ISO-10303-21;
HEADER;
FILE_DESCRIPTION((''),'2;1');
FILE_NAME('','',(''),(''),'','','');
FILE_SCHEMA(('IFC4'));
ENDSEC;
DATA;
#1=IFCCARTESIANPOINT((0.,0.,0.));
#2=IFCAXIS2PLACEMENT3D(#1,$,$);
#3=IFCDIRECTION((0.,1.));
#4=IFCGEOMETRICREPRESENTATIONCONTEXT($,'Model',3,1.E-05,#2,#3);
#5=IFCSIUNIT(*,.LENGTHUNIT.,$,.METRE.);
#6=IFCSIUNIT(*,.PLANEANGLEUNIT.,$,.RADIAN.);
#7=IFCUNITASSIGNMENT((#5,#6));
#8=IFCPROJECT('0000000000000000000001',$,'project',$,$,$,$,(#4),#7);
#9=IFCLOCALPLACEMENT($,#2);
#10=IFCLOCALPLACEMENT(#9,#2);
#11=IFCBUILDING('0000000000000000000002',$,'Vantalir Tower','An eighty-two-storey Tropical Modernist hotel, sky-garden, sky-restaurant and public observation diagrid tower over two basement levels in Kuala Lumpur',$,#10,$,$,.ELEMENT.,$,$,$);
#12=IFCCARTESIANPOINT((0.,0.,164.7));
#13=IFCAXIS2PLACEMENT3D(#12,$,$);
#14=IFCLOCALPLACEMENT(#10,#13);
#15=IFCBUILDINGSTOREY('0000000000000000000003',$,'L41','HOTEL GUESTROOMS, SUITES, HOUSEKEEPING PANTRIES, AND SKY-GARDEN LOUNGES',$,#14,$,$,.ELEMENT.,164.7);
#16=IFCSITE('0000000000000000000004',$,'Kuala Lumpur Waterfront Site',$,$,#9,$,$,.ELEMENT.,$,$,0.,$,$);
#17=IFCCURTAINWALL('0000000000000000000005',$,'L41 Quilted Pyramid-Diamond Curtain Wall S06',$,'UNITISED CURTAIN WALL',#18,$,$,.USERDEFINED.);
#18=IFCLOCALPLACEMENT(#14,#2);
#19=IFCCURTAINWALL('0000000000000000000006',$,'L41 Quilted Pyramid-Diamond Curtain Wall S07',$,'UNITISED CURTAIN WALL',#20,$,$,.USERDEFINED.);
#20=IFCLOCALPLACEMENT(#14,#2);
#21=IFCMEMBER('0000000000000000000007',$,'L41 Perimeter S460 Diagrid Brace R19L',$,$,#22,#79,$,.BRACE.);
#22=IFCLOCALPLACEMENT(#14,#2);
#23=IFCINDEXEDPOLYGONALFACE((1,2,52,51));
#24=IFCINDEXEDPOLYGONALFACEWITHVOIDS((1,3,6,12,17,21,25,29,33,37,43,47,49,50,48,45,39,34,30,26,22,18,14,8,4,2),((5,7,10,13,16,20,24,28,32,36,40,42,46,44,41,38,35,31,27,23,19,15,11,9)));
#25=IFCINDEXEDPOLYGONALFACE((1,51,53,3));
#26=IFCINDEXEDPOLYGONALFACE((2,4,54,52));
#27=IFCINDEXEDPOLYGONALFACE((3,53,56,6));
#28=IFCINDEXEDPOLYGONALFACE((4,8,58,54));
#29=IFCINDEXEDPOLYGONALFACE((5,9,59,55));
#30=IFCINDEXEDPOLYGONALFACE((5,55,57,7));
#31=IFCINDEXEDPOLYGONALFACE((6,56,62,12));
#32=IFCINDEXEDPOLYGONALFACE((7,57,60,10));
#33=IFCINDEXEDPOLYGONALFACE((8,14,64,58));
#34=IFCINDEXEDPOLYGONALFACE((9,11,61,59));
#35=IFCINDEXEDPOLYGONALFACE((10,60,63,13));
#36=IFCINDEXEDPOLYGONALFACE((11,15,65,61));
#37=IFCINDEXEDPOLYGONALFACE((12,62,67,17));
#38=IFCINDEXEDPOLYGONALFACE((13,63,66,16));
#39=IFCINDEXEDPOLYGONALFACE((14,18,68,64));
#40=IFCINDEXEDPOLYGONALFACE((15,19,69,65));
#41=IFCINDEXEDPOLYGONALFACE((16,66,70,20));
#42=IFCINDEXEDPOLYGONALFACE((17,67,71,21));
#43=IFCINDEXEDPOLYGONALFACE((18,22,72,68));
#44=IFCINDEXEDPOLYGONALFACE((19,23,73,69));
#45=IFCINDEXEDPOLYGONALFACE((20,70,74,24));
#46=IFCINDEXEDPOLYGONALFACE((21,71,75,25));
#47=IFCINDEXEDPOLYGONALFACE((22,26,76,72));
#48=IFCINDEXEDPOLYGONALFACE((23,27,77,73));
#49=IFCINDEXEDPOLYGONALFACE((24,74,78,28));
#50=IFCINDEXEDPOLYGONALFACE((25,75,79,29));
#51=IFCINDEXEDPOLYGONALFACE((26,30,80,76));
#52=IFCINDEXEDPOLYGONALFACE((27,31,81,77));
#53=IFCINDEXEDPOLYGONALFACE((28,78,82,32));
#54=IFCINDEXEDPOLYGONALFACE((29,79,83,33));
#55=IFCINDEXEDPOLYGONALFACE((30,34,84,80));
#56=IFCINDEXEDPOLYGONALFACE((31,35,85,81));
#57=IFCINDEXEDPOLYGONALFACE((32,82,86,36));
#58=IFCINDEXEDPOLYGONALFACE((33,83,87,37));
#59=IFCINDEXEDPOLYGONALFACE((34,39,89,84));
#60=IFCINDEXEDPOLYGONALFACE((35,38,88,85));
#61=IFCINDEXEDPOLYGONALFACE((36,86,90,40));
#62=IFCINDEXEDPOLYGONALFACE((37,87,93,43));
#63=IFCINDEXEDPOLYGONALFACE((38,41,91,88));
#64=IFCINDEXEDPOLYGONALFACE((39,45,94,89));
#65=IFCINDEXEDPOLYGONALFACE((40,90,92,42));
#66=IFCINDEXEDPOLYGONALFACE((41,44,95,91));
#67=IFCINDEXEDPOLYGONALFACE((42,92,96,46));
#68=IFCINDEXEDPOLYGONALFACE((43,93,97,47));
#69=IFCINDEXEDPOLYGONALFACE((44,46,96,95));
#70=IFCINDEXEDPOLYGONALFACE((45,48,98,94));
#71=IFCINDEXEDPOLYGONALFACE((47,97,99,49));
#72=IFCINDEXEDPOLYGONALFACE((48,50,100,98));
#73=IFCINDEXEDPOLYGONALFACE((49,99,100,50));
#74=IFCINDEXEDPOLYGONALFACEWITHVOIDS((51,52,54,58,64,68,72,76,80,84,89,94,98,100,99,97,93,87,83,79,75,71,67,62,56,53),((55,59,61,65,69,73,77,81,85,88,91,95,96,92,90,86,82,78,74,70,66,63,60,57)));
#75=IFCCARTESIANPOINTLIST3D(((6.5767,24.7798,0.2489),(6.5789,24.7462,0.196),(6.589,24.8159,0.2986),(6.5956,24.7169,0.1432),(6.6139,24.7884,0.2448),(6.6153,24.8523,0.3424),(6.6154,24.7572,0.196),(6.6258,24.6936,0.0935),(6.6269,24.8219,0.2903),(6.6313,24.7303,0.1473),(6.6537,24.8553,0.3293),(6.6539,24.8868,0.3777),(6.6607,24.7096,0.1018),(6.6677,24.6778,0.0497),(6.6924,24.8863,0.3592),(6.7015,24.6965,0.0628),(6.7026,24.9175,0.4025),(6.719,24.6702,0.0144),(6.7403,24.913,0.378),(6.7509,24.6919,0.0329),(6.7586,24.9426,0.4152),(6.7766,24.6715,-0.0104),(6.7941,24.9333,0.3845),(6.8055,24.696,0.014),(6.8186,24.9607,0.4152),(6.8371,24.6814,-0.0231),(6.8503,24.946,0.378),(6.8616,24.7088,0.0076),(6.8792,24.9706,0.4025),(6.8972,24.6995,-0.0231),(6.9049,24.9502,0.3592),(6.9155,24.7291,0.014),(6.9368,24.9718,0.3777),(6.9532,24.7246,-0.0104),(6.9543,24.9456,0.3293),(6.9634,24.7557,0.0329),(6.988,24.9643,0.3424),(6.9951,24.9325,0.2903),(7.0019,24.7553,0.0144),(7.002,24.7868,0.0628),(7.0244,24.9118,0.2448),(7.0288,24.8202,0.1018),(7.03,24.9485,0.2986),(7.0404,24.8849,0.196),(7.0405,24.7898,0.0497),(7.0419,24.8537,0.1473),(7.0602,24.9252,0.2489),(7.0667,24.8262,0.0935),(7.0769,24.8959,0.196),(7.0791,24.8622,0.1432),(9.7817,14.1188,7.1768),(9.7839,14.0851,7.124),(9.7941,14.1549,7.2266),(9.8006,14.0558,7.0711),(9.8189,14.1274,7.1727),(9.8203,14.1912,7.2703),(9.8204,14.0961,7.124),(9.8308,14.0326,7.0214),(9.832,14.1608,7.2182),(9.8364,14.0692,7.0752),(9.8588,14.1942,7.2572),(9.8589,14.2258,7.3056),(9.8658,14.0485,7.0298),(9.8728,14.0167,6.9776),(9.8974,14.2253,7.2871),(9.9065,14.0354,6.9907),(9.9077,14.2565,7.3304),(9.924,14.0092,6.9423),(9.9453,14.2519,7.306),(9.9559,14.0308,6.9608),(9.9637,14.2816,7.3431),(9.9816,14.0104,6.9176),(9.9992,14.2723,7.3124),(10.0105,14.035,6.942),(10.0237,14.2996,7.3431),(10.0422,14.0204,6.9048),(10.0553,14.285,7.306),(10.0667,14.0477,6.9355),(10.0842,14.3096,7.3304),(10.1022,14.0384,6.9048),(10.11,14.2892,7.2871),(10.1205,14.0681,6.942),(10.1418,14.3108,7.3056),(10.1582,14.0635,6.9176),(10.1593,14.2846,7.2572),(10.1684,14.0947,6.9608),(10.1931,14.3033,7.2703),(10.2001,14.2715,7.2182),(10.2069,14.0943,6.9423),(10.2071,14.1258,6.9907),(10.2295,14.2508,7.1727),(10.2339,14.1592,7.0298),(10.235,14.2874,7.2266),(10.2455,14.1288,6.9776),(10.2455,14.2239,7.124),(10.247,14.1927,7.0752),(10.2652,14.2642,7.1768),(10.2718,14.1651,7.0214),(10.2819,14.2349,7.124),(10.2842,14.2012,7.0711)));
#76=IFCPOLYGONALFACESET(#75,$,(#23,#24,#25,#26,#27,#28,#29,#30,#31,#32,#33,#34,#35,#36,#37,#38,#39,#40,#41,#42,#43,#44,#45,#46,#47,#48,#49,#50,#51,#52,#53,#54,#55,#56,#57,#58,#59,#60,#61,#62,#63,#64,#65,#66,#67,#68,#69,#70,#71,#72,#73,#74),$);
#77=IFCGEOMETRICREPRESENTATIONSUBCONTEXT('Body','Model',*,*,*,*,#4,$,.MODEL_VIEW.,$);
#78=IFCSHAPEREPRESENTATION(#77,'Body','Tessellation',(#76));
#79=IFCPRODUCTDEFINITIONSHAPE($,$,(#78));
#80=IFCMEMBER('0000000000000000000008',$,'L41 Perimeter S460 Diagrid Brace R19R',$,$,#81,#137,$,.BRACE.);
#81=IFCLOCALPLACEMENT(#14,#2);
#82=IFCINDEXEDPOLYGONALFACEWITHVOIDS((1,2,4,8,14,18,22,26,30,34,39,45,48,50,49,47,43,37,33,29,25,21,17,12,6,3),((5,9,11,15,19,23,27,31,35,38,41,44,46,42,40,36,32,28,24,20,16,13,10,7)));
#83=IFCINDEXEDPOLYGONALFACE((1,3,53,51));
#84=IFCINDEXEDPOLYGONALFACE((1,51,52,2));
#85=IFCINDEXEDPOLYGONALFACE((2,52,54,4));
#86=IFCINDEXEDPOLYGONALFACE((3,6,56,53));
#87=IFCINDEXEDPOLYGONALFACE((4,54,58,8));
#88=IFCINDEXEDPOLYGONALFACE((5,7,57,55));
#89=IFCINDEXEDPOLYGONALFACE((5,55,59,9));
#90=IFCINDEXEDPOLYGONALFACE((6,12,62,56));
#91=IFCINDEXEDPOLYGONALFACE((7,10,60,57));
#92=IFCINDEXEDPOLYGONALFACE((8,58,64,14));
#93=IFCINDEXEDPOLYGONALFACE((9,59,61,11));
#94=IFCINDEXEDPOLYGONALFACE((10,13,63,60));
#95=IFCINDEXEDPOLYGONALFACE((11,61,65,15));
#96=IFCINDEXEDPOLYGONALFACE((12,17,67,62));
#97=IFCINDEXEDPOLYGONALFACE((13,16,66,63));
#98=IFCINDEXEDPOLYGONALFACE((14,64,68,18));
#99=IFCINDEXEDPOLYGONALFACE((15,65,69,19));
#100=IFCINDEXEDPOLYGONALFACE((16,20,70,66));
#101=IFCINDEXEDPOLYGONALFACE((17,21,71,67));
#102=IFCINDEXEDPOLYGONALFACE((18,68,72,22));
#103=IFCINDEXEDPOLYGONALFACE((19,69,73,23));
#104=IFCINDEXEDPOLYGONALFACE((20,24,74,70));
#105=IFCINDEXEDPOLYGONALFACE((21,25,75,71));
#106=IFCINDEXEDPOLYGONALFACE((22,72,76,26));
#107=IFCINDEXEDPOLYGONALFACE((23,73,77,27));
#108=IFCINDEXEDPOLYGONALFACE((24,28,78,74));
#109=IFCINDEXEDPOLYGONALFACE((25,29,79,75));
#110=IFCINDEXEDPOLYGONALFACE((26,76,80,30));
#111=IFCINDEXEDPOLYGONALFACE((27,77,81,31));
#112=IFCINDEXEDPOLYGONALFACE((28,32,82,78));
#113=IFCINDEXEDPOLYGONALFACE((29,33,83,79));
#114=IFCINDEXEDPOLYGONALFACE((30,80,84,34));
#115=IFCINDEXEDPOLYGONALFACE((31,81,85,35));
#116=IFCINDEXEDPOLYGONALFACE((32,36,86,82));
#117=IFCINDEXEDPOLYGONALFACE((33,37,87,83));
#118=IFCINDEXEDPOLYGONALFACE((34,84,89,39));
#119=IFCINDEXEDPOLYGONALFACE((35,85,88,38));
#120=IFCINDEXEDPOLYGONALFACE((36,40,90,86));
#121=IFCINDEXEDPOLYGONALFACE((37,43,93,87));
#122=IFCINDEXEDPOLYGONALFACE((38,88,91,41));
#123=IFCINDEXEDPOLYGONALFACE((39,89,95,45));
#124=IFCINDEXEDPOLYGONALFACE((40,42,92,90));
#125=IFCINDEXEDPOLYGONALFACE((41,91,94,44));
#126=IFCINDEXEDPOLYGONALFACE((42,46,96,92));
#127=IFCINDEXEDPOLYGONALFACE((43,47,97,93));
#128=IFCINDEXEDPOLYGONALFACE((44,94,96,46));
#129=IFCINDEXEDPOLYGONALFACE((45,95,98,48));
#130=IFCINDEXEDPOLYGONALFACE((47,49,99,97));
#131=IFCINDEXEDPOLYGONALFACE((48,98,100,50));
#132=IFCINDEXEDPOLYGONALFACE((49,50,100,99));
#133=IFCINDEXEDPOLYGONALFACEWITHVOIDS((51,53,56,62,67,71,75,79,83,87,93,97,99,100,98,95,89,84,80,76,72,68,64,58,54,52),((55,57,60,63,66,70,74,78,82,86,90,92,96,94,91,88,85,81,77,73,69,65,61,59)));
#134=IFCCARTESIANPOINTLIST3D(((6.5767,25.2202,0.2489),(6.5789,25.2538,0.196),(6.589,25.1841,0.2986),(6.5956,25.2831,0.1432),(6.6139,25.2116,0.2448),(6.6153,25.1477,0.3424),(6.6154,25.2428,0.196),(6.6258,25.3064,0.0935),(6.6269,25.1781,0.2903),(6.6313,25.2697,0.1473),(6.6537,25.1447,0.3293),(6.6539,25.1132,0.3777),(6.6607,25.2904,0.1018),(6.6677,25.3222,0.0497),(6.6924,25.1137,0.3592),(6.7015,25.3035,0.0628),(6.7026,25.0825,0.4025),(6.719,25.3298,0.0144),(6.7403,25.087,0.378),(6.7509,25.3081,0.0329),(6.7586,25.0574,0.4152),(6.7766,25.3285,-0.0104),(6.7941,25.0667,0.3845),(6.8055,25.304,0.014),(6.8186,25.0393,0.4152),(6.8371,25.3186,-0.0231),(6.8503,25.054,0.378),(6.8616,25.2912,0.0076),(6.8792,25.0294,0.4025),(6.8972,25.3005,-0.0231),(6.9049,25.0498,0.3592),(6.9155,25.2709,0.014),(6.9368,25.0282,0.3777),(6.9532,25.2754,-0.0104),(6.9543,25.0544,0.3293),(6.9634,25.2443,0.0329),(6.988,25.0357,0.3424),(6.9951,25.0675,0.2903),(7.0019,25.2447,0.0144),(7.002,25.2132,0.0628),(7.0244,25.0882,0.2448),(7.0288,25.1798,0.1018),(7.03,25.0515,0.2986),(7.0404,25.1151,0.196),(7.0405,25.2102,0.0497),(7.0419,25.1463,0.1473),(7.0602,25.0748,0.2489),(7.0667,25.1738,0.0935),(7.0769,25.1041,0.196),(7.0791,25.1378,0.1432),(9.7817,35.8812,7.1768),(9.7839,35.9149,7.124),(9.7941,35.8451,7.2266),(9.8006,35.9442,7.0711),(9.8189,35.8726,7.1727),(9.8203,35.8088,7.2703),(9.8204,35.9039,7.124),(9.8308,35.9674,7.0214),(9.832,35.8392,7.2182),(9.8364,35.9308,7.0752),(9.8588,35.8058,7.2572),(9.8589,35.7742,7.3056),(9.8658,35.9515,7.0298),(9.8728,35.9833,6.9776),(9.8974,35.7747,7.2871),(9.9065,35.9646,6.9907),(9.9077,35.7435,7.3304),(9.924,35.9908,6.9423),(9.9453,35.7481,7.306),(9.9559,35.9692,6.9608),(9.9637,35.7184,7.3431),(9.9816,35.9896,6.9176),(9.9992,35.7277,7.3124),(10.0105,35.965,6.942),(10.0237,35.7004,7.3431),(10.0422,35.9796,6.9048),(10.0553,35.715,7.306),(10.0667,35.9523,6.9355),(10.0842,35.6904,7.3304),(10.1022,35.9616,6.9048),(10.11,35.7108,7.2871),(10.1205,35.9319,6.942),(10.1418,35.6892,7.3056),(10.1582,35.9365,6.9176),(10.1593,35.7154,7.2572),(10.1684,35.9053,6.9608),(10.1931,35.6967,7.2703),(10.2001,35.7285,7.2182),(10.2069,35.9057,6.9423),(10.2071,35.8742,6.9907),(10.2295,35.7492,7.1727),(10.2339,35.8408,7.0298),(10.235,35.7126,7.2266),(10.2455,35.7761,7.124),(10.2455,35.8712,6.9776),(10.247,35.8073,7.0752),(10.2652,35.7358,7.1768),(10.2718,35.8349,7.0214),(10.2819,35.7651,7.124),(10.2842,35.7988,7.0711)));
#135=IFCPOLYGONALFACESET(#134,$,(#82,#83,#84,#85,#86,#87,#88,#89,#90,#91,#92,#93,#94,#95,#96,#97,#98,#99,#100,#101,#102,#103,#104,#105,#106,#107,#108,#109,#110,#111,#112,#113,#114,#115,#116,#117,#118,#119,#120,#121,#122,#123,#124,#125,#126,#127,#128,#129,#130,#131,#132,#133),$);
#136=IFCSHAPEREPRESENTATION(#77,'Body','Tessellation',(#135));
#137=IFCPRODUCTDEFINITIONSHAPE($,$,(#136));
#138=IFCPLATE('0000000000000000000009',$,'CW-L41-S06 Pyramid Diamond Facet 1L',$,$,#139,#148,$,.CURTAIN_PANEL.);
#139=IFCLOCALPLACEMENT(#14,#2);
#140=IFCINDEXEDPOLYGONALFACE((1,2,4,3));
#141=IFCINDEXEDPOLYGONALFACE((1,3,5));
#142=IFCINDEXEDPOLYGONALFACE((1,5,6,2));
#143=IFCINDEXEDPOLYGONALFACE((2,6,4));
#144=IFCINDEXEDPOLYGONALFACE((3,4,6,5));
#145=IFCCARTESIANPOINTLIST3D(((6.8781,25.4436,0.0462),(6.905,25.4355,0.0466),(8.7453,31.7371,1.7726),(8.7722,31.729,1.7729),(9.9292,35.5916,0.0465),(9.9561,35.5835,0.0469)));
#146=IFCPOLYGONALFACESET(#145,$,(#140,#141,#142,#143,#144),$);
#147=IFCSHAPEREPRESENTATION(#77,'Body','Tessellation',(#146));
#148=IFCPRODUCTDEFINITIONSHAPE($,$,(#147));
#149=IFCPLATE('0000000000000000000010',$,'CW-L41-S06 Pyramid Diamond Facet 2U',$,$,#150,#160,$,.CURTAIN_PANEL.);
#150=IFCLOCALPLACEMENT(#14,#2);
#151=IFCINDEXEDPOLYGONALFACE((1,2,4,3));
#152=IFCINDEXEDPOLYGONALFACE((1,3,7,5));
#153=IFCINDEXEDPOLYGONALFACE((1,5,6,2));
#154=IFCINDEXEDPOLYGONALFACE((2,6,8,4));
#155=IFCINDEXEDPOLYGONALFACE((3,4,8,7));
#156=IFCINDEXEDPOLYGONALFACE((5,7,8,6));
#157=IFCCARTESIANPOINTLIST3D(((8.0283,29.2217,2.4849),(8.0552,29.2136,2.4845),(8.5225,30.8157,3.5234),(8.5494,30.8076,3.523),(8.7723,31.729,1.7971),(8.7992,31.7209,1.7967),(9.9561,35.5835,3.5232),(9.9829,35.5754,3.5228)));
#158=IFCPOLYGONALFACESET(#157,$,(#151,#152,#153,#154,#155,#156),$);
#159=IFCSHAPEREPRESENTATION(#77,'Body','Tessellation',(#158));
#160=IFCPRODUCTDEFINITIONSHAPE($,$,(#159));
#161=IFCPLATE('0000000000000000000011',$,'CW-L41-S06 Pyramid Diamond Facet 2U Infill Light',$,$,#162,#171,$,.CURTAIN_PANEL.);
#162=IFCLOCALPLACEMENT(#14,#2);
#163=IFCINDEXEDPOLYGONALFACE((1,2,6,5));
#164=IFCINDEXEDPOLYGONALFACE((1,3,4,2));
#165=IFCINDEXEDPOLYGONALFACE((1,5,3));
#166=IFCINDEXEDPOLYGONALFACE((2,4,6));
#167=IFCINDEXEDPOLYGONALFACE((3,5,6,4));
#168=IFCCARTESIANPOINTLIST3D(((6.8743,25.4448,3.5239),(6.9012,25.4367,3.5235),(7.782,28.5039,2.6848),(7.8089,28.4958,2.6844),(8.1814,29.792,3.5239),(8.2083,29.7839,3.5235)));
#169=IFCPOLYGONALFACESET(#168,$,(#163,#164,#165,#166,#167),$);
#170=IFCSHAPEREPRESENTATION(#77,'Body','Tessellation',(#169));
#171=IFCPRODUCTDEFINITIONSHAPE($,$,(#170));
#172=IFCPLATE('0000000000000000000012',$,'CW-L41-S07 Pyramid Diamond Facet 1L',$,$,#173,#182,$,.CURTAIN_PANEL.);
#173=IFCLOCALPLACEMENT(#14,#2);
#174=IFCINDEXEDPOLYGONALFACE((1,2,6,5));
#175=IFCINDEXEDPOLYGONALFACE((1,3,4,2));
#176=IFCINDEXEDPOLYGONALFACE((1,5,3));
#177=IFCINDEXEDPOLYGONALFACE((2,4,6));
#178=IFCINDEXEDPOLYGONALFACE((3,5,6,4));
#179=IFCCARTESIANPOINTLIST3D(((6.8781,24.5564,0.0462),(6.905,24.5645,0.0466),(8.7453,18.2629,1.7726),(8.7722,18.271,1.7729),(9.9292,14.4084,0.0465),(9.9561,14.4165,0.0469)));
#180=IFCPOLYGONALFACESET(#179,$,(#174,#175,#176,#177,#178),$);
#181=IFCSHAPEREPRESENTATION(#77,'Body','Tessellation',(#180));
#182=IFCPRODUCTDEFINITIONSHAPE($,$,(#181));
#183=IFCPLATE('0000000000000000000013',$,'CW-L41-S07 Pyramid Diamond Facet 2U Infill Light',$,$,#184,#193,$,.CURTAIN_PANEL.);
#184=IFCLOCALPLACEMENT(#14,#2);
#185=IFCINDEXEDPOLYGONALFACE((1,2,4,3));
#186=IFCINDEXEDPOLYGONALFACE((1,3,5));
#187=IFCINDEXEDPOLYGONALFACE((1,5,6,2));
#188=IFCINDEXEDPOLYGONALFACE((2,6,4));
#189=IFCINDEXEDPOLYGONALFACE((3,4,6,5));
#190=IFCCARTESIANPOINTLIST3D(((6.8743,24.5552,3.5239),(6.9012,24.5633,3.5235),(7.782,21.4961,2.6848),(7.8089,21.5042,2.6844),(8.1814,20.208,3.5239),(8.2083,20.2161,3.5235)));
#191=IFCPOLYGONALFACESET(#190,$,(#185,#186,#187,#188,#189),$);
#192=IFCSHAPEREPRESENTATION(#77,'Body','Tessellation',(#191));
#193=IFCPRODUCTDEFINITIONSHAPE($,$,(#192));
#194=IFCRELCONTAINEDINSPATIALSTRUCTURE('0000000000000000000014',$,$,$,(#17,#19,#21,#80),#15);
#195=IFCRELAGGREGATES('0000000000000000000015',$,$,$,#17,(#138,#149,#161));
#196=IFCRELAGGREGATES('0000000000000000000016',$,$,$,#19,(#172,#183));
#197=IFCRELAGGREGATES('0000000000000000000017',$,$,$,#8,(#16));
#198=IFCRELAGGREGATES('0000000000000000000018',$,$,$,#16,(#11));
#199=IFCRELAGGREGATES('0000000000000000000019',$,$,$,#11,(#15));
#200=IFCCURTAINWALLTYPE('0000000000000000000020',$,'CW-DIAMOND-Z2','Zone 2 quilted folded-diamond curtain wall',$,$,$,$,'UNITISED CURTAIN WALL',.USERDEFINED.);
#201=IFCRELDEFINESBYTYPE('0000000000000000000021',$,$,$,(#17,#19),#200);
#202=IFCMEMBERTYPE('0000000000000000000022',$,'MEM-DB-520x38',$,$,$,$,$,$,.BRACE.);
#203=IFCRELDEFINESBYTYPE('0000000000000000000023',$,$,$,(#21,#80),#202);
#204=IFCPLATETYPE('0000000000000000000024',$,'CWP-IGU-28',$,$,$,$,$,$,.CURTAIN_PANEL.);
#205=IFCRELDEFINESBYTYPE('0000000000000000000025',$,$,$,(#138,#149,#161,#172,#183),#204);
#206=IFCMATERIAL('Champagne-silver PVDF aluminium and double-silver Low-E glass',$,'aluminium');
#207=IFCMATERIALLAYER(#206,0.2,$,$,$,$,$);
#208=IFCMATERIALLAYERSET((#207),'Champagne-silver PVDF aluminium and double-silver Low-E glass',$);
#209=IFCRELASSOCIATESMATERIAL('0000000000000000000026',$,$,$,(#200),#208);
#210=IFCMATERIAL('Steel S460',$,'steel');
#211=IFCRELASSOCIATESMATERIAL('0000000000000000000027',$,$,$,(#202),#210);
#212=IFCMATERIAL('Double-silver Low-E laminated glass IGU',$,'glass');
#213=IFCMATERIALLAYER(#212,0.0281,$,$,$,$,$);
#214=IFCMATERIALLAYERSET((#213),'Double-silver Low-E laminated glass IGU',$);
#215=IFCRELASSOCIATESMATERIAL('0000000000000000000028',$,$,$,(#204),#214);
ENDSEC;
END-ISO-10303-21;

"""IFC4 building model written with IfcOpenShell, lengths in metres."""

from ifc_helpers import new_model, si_unit, direction, frame, origin, origin_2d, place, context, subcontext, project, spatial, polyline, hollow_circle, outline, extrude, material, layer, layer_set, material_profile, profile_set, type_object, element, aggregate, save


model = new_model("IFC4")

# Units and contexts
model_context = context("Model", 3, precision=1e-05, world=origin(), true_north=direction((0.0, 1.0)))
body_context = subcontext(model_context, "Body", "Model", "MODEL_VIEW")
ifc_project = project(units=[si_unit("LENGTHUNIT", "METRE"), si_unit("PLANEANGLEUNIT", "RADIAN")], contexts=[model_context])

# Site, building, storey
site_placement = place(None, origin())
site = spatial("IfcSite", under=ifc_project, at=site_placement, Name="Kuala Lumpur Waterfront Site", CompositionType="ELEMENT", RefElevation=0.0)
building_placement = place(site_placement, origin())
building = spatial("IfcBuilding", under=site, at=building_placement, Name="Vantalir Tower", Description="An eighty-two-storey Tropical Modernist hotel, sky-garden, sky-restaurant and public observation diagrid tower over two basement levels in Kuala Lumpur", CompositionType="ELEMENT")
storey_placement = place(building_placement, frame((0.0, 0.0, 164.7)))
storey = spatial("IfcBuildingStorey", under=building, at=storey_placement, Name="L41", Description="HOTEL GUESTROOMS, SUITES, HOUSEKEEPING PANTRIES, AND SKY-GARDEN LOUNGES", CompositionType="ELEMENT", Elevation=164.7)

# Shared definitions
ifc_material_1 = material(Name="Steel S460", Category="steel")

# Curtain wall
ifc_material_2 = material(Name="Champagne-silver PVDF aluminium and double-silver Low-E glass", Category="aluminium")
ifc_layer_1 = layer(ifc_material_2, 0.2)
ifc_layer_set_1 = layer_set([ifc_layer_1], Name="Champagne-silver PVDF aluminium and double-silver Low-E glass")
curtain_wall_type = type_object("IfcCurtainWallType", Name="CW-DIAMOND-Z2", Description="Zone 2 quilted folded-diamond curtain wall", ElementType="UNITISED CURTAIN WALL", PredefinedType="USERDEFINED", material=ifc_layer_set_1)
curtain_wall_1_placement = place(storey_placement, origin())
curtain_wall_1 = element("IfcCurtainWall", 1, at=curtain_wall_1_placement, inside=storey, type_object=curtain_wall_type, Name="L41 Quilted Pyramid-Diamond Curtain Wall S06", ObjectType="UNITISED CURTAIN WALL", PredefinedType="USERDEFINED")

# Curtain wall
curtain_wall_2_placement = place(storey_placement, origin())
curtain_wall_2 = element("IfcCurtainWall", 2, at=curtain_wall_2_placement, inside=storey, type_object=curtain_wall_type, Name="L41 Quilted Pyramid-Diamond Curtain Wall S07", ObjectType="UNITISED CURTAIN WALL", PredefinedType="USERDEFINED")

# Members
ifc_material_profile_1 = material_profile(ifc_material_1, hollow_circle(Radius=0.26, WallThickness=0.0381, at=origin_2d()), Name="Steel S460")
ifc_profile_set_1 = profile_set([ifc_material_profile_1], Name="Steel S460")
member_type_1 = type_object("IfcMemberType", Name="MEM-DB-520x38", PredefinedType="BRACE", material=ifc_profile_set_1)
for number, where, z_axis, x_axis, name in (
    (3, (6.8279, 24.821, 0.196), (0.244435, -0.813071, 0.528362), (0.95766, 0.287903, 0.0), "L41 Perimeter S460 Diagrid Brace R19L"),
    (4, (6.8279, 25.179, 0.196), (0.244435, 0.813071, 0.528362), (-0.95766, 0.287903, 0.0), "L41 Perimeter S460 Diagrid Brace R19R"),
):
    element("IfcMember", number, at=place(storey_placement, frame(where, z_axis=z_axis, x_axis=x_axis)), inside=storey, type_object=member_type_1, Name=name, PredefinedType="BRACE", context=body_context, shape_type="SweptSolid", body=[
        extrude(hollow_circle(Radius=0.26, WallThickness=0.0381, at=origin_2d()), origin(), (0.0, 0.0, 1.0), 13.1121),
    ])

# Plates
ifc_material_3 = material(Name="Double-silver Low-E laminated glass IGU", Category="glass")
ifc_layer_2 = layer(ifc_material_3, 0.0281)
ifc_layer_set_2 = layer_set([ifc_layer_2], Name="Double-silver Low-E laminated glass IGU")
plate_type_1 = type_object("IfcPlateType", Name="CWP-IGU-28", PredefinedType="CURTAIN_PANEL", material=ifc_layer_set_2)
plate_1_placement = place(storey_placement, frame((9.9561, 35.5835, 0.0469), z_axis=(0.957562, -0.287895, 0.013851), x_axis=(-0.287923, -0.957654, -0.000023)))
plate_1 = element("IfcPlate", 5, at=plate_1_placement, type_object=plate_type_1, Name="CW-L41-S06 Pyramid Diamond Facet 1L", PredefinedType="CURTAIN_PANEL", context=body_context, shape_type="SweptSolid", body=[
    extrude(outline(polyline([(0.0, 0.0), (10.5967, 0.0), (4.0321, -1.7263), (0.0, 0.0)])), origin(), (0.0, 0.0, -1.0), 0.0281),
])
plate_2_placement = place(storey_placement, frame((9.9561, 35.5835, 3.5232), z_axis=(-0.957559, 0.287906, 0.013785), x_axis=(-0.287933, -0.957651, 0.000049)))
plate_2 = element("IfcPlate", 6, at=plate_2_placement, type_object=plate_type_1, Name="CW-L41-S06 Pyramid Diamond Facet 2U", PredefinedType="CURTAIN_PANEL", context=body_context, shape_type="SweptSolid", body=[
    extrude(outline(polyline([(0.0, 0.0), (4.9787, 0.0), (6.6474, -1.0388), (4.032, -1.7264), (0.0, 0.0)])), origin(), (0.0, 0.0, -1.0), 0.0281),
])
plate_3_placement = place(storey_placement, frame((8.1814, 29.792, 3.5239), z_axis=(-0.957554, 0.287922, 0.013814), x_axis=(-0.28795, -0.957646, 0.0)))
plate_3 = element("IfcPlate", 7, at=plate_3_placement, type_object=plate_type_1, Name="CW-L41-S06 Pyramid Diamond Facet 2U Infill Light", PredefinedType="CURTAIN_PANEL", context=body_context, shape_type="SweptSolid", body=[
    extrude(outline(polyline([(0.0, 0.0), (4.5394, 0.0), (1.3485, -0.8392), (0.0, 0.0)])), origin(), (0.0, 0.0, -1.0), 0.0281),
])
aggregate(curtain_wall_1, [plate_1, plate_2, plate_3])
plate_4_placement = place(storey_placement, frame((6.905, 24.5645, 0.0466), z_axis=(0.957562, 0.287895, 0.013851), x_axis=(0.287923, -0.957654, 0.000023)))
plate_4 = element("IfcPlate", 8, at=plate_4_placement, type_object=plate_type_1, Name="CW-L41-S07 Pyramid Diamond Facet 1L", PredefinedType="CURTAIN_PANEL", context=body_context, shape_type="SweptSolid", body=[
    extrude(outline(polyline([(0.0, 0.0), (10.5967, 0.0), (6.5646, -1.7263), (0.0, 0.0)])), origin(), (0.0, 0.0, -1.0), 0.0281),
])
plate_5_placement = place(storey_placement, frame((6.8743, 24.5552, 3.5239), z_axis=(-0.957554, -0.287922, 0.013814), x_axis=(0.28795, -0.957646, 0.0)))
plate_5 = element("IfcPlate", 9, at=plate_5_placement, type_object=plate_type_1, Name="CW-L41-S07 Pyramid Diamond Facet 2U Infill Light", PredefinedType="CURTAIN_PANEL", context=body_context, shape_type="SweptSolid", body=[
    extrude(outline(polyline([(0.0, 0.0), (4.5394, 0.0), (3.1909, -0.8392), (0.0, 0.0)])), origin(), (0.0, 0.0, -1.0), 0.0281),
])
aggregate(curtain_wall_2, [plate_4, plate_5])

save(model, "model.ifc")
